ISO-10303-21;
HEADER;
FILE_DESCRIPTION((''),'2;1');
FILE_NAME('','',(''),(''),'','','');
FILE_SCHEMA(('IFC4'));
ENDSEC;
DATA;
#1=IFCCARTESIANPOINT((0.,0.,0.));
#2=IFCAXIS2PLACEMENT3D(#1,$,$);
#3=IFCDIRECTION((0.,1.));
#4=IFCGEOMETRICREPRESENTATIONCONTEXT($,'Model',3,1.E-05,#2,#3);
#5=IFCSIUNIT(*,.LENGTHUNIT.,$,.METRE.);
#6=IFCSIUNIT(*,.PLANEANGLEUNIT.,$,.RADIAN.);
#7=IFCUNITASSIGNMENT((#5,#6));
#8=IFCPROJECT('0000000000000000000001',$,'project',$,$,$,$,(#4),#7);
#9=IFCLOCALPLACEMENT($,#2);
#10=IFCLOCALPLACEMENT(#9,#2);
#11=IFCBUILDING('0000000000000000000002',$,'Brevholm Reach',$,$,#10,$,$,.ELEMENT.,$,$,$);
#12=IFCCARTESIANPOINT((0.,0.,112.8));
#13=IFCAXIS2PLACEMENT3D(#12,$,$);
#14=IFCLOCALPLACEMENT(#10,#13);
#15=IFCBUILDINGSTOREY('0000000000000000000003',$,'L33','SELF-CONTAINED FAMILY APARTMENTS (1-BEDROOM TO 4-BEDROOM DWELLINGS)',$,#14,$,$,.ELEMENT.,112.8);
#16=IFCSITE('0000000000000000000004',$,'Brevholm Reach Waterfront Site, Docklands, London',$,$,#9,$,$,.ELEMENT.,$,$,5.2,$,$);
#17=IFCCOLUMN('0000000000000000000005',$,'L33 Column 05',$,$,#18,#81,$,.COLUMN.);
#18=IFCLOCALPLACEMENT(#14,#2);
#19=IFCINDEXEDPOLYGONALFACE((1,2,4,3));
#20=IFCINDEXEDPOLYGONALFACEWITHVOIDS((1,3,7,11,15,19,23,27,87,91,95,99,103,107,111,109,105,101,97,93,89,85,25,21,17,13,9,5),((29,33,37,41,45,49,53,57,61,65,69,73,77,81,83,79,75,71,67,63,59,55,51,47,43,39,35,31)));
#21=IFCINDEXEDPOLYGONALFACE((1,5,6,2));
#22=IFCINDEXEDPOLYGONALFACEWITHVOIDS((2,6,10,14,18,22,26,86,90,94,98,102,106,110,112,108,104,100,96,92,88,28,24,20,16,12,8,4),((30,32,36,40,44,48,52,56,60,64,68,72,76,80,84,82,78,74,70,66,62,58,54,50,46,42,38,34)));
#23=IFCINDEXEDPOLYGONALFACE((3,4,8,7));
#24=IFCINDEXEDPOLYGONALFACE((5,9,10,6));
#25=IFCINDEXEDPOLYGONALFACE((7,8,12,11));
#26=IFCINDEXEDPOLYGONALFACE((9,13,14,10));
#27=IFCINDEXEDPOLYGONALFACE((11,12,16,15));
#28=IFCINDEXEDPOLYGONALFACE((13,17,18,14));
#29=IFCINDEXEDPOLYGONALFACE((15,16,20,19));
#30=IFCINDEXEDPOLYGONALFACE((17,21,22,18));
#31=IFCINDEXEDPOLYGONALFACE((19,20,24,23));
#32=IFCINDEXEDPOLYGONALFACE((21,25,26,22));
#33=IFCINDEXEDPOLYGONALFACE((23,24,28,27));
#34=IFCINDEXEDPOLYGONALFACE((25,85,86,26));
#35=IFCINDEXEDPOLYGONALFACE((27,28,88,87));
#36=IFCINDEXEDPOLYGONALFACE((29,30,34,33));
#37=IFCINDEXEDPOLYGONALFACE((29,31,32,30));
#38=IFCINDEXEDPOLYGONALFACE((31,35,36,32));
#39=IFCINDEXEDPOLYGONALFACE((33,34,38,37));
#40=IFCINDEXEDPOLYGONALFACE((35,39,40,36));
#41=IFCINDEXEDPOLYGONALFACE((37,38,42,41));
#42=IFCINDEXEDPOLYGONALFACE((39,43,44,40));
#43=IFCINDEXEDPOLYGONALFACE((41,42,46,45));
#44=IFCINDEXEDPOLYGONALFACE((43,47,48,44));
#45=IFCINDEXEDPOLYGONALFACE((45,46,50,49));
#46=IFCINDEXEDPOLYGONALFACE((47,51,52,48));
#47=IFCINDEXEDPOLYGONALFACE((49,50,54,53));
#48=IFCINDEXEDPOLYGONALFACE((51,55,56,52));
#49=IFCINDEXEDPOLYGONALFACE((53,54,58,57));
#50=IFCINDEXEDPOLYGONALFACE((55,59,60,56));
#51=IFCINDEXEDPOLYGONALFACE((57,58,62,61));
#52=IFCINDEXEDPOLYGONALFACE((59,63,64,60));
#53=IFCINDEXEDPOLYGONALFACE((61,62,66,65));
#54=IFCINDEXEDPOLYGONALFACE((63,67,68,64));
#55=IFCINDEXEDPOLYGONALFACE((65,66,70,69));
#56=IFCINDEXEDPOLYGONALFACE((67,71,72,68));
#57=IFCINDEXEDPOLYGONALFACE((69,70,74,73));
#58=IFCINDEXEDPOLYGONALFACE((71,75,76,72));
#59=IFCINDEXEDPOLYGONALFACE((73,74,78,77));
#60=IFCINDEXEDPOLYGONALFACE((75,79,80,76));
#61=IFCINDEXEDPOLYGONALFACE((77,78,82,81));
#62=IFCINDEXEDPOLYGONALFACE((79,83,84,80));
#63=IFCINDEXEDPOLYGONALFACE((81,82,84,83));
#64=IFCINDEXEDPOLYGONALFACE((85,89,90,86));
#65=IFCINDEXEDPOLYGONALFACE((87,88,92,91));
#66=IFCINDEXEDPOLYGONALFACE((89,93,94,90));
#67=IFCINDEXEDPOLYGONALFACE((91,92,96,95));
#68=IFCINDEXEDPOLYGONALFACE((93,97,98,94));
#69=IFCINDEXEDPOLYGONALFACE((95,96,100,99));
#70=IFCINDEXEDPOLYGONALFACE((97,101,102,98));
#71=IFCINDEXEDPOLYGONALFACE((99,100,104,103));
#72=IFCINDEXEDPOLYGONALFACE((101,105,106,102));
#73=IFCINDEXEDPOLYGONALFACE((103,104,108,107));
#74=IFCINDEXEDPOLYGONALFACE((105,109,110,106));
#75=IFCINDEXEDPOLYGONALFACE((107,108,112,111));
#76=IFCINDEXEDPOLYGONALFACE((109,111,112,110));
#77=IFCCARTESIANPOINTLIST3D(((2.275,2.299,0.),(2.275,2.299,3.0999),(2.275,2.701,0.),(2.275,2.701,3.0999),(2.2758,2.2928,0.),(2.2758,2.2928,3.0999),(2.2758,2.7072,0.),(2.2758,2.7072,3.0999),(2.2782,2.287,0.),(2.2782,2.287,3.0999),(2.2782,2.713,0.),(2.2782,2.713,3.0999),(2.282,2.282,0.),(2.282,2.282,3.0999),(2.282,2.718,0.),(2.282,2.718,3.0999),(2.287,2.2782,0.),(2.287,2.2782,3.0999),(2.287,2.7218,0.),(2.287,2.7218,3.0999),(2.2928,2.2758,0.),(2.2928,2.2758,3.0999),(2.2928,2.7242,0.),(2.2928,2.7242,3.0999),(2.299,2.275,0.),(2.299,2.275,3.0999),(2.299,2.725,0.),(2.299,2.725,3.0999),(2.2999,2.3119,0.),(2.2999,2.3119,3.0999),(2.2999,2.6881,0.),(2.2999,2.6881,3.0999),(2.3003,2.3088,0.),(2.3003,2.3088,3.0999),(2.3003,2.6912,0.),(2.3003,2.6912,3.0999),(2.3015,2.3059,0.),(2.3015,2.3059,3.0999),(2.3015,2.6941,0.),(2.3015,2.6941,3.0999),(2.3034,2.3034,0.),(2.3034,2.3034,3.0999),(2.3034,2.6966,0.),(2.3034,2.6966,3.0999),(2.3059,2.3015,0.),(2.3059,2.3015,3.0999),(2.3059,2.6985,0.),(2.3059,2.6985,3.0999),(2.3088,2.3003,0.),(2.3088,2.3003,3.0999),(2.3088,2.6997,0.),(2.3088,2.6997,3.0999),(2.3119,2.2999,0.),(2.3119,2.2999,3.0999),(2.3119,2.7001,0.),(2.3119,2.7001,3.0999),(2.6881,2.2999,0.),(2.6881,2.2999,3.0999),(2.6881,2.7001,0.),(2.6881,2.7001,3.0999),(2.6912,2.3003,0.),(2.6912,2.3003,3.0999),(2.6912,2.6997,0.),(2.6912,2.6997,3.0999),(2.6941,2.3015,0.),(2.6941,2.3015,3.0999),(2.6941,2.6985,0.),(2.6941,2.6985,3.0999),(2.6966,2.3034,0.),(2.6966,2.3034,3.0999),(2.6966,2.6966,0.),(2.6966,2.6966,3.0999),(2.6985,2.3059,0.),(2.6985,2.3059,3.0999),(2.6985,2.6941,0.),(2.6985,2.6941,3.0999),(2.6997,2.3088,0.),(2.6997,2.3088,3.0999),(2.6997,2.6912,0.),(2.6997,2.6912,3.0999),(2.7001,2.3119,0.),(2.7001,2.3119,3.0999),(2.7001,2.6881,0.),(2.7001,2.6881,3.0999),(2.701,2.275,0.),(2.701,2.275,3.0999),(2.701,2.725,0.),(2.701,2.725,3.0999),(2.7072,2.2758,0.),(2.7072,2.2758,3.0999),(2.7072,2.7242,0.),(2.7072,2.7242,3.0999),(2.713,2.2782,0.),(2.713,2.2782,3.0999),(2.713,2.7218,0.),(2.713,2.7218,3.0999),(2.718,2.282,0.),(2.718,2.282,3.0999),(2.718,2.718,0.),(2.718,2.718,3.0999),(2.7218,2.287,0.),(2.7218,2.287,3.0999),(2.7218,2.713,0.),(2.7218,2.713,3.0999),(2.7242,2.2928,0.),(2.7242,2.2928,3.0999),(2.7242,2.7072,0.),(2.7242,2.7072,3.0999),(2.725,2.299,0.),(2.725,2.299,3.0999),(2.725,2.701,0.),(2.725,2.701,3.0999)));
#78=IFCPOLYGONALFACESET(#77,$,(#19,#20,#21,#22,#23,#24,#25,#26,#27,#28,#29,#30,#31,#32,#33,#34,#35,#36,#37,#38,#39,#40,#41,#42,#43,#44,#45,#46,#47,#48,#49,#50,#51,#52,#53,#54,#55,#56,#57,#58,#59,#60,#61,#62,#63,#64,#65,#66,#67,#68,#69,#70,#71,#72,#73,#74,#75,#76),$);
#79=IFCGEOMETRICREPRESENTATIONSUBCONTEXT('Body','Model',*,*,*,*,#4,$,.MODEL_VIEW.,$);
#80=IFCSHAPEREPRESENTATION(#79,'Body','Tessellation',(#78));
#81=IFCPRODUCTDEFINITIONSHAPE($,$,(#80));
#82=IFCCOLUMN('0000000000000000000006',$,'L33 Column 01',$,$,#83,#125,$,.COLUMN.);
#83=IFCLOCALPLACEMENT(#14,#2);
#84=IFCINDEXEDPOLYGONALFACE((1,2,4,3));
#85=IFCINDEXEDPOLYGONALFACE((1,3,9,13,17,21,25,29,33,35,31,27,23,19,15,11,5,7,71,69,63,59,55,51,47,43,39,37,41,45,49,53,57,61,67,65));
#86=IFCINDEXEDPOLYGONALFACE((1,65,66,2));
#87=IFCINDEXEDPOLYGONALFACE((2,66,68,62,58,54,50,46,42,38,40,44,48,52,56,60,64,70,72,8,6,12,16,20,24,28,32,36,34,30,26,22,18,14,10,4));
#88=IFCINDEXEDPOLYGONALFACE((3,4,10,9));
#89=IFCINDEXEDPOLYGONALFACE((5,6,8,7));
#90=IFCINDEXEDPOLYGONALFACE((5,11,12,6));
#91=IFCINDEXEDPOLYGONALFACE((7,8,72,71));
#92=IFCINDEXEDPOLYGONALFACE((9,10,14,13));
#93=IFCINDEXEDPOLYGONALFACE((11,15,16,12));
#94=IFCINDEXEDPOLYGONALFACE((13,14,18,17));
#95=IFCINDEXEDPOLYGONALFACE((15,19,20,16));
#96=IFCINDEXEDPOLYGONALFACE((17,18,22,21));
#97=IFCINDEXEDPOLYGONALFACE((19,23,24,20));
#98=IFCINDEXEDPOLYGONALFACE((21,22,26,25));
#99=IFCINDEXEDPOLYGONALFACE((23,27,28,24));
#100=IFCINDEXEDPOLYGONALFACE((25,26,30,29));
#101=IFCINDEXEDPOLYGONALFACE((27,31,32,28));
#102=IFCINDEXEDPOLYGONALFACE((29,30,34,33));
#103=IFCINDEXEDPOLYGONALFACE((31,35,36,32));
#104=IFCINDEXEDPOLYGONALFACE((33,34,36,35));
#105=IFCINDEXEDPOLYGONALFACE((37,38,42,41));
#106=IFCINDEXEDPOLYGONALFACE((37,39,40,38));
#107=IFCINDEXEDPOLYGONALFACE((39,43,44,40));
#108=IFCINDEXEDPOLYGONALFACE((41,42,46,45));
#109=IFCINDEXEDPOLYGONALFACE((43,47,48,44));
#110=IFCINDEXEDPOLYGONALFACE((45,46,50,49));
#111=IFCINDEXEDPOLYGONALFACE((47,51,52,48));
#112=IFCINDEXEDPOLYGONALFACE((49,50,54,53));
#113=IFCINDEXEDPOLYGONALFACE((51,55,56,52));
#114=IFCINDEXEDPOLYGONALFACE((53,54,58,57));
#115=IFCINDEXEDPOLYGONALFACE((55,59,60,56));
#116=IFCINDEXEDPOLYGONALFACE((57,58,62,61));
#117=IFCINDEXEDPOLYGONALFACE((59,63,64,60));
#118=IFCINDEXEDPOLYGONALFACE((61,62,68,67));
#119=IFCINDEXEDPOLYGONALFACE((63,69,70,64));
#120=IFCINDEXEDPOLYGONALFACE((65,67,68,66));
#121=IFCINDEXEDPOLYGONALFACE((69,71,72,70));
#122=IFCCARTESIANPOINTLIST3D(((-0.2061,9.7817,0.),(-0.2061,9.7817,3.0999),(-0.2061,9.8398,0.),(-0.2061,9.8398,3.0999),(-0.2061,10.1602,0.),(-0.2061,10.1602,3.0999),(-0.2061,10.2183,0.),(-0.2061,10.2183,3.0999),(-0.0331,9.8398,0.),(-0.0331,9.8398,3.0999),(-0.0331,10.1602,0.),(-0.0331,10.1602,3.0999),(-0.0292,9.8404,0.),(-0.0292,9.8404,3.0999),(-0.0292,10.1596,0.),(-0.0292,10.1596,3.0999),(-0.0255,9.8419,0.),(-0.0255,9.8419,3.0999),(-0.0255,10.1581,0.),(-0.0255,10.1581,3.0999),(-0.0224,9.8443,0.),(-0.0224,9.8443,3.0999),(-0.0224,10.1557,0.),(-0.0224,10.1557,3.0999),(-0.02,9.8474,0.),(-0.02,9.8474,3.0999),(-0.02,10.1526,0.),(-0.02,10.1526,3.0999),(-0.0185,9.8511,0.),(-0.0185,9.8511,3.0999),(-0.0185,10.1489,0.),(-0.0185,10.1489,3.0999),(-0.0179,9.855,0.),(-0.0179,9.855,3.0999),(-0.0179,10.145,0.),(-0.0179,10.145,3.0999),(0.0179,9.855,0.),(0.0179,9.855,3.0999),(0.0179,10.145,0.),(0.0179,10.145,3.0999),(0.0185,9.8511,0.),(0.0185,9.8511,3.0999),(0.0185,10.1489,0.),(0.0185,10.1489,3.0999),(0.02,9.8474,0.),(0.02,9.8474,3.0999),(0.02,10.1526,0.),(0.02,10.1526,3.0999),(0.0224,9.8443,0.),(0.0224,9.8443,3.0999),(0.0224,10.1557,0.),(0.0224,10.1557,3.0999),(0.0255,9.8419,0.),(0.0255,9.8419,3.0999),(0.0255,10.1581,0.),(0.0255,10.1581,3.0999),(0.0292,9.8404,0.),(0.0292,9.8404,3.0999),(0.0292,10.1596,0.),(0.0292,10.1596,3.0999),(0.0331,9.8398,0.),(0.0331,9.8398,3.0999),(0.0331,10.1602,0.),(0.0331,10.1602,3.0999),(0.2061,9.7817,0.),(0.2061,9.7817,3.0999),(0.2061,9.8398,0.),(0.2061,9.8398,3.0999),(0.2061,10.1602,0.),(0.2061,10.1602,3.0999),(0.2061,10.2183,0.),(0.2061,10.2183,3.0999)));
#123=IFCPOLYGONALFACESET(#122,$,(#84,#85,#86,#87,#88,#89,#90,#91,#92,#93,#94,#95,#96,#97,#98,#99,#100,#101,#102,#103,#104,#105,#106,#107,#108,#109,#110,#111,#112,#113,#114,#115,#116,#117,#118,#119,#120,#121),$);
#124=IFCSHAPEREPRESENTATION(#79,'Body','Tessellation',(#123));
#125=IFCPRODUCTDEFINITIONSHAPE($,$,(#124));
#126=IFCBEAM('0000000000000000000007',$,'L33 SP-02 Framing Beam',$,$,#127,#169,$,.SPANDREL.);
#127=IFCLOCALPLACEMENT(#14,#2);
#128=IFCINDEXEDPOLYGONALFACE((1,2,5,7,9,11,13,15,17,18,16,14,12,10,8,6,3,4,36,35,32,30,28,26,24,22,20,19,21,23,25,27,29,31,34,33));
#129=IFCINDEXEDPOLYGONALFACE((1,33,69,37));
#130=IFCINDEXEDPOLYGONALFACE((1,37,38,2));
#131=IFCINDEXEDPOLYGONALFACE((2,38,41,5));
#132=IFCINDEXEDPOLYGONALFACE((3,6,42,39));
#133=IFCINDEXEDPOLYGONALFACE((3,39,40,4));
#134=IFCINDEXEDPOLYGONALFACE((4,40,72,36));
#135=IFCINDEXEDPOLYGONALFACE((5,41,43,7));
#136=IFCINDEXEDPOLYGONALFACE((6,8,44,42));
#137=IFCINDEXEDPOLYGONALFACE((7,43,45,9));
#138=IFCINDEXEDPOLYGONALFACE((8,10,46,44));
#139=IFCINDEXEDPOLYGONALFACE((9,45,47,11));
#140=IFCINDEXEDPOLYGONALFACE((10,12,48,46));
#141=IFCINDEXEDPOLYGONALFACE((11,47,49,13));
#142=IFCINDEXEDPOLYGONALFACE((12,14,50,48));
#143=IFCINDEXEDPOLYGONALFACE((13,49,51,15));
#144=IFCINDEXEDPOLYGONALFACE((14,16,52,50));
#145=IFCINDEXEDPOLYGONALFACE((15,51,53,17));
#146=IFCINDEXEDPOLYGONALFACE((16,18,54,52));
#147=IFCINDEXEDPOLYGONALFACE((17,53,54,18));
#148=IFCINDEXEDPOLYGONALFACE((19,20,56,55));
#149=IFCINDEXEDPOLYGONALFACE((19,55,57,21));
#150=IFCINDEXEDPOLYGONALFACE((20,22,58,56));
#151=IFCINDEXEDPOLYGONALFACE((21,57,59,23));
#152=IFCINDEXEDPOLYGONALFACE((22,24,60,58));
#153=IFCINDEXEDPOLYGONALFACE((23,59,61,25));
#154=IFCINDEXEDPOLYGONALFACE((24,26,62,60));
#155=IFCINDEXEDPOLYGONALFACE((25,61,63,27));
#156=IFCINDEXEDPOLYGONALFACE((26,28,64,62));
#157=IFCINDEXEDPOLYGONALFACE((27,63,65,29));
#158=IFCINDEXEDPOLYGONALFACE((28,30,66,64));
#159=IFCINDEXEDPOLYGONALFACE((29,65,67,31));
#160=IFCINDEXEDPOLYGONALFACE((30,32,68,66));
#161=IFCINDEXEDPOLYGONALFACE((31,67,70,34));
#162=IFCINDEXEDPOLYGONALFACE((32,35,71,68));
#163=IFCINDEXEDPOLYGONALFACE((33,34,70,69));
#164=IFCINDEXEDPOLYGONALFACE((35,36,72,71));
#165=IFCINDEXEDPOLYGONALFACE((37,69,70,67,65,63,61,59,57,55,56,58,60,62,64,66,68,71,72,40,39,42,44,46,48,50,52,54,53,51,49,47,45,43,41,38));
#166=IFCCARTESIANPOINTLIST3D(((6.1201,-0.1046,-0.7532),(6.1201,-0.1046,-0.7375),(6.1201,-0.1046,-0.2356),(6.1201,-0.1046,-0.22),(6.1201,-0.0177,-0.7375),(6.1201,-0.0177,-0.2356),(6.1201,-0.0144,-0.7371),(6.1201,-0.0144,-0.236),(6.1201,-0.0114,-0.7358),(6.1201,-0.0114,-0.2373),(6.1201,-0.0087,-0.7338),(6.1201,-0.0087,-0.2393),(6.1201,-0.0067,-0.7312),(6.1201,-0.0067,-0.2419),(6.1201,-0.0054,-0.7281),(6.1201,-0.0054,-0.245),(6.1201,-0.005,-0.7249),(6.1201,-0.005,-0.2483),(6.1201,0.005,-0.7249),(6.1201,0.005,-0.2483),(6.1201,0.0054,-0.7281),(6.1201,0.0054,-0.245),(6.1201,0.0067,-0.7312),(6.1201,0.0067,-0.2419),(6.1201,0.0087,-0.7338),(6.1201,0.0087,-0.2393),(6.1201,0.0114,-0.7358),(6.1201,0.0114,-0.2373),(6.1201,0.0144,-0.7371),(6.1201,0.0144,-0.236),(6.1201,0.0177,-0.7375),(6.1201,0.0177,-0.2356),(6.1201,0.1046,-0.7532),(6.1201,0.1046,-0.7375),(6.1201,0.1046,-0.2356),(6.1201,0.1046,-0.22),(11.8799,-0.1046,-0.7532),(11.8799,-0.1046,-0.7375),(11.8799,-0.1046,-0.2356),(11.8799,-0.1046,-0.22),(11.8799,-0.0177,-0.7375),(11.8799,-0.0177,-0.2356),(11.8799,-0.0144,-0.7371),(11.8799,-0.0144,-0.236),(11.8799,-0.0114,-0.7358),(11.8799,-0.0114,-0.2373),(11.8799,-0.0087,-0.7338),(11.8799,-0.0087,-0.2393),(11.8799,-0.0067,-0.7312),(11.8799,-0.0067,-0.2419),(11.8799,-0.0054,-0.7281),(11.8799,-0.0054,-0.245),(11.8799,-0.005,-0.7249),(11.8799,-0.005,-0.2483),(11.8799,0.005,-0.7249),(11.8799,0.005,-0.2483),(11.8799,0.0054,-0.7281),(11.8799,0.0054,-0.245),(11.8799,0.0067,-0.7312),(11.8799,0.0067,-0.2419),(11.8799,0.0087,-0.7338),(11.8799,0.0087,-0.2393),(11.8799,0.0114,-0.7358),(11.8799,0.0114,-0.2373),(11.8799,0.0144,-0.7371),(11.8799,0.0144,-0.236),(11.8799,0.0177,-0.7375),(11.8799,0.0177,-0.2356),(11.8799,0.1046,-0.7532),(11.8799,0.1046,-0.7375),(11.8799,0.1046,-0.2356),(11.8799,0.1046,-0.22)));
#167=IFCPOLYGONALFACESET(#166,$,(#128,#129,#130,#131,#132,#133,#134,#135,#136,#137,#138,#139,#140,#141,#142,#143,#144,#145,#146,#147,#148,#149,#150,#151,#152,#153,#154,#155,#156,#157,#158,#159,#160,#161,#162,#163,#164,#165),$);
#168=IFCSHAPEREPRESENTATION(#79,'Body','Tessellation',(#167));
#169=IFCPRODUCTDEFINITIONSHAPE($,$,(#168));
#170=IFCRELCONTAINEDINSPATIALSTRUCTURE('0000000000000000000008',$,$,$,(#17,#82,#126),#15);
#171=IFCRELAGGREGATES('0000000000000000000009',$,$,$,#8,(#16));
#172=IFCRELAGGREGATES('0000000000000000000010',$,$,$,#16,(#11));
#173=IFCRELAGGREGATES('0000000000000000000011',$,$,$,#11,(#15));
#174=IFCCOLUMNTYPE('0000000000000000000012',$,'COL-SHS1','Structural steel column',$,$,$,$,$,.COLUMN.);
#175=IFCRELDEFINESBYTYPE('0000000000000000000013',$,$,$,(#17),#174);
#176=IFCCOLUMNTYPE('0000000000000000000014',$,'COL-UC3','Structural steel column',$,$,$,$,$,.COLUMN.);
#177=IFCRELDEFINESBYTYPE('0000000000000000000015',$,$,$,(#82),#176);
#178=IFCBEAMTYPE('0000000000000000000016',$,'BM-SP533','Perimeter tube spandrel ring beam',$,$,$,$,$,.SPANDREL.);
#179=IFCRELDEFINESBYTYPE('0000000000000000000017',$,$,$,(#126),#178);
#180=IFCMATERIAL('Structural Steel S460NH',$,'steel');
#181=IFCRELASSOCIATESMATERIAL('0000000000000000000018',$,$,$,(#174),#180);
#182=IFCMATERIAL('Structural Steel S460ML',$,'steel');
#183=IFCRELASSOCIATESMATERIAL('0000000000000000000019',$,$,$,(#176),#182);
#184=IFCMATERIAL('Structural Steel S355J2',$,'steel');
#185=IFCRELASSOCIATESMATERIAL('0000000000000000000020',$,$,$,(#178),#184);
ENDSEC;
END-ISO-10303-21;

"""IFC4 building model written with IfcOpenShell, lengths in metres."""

from ifc_helpers import new_model, si_unit, direction, frame, origin, origin_2d, place, context, subcontext, project, spatial, hollow_rectangle, i_section, extrude, material, material_profile, profile_set, type_object, element, save


model = new_model("IFC4")

# Units and contexts
model_context = context("Model", 3, precision=1e-05, world=origin(), true_north=direction((0.0, 1.0)))
body_context = subcontext(model_context, "Body", "Model", "MODEL_VIEW")
ifc_project = project(units=[si_unit("LENGTHUNIT", "METRE"), si_unit("PLANEANGLEUNIT", "RADIAN")], contexts=[model_context])

# Site, building, storey
site_placement = place(None, origin())
site = spatial("IfcSite", under=ifc_project, at=site_placement, Name="Brevholm Reach Waterfront Site, Docklands, London", CompositionType="ELEMENT", RefElevation=5.2)
building_placement = place(site_placement, origin())
building = spatial("IfcBuilding", under=site, at=building_placement, Name="Brevholm Reach", CompositionType="ELEMENT")
storey_placement = place(building_placement, frame((0.0, 0.0, 112.8)))
storey = spatial("IfcBuildingStorey", under=building, at=storey_placement, Name="L33", Description="SELF-CONTAINED FAMILY APARTMENTS (1-BEDROOM TO 4-BEDROOM DWELLINGS)", CompositionType="ELEMENT", Elevation=112.8)

# Columns
ifc_material_1 = material(Name="Structural Steel S460NH", Category="steel")
ifc_material_profile_1 = material_profile(ifc_material_1, hollow_rectangle(XDim=0.45, YDim=0.45, WallThickness=0.0249, InnerFilletRadius=0.012, OuterFilletRadius=0.0239, at=origin_2d()), Name="SHS 450x450x25")
ifc_profile_set_1 = profile_set([ifc_material_profile_1], Name="Structural Steel S460NH")
column_type_1 = type_object("IfcColumnType", Name="COL-SHS1", Description="Structural steel column", PredefinedType="COLUMN", material=ifc_profile_set_1)
column_1_placement = place(storey_placement, frame((2.5, 2.5, 0.0), z_axis=(0.0, 0.0, 1.0), x_axis=(1.0, 0.0, 0.0)))
element("IfcColumn", 1, at=column_1_placement, inside=storey, type_object=column_type_1, Name="L33 Column 05", PredefinedType="COLUMN", context=body_context, shape_type="SweptSolid", body=[
    extrude(hollow_rectangle(XDim=0.45, YDim=0.45, WallThickness=0.0249, InnerFilletRadius=0.012, OuterFilletRadius=0.0239, at=origin_2d()), origin(), (0.0, 0.0, 1.0), 3.0999),
])
ifc_material_2 = material(Name="Structural Steel S460ML", Category="steel")
ifc_material_profile_2 = material_profile(ifc_material_2, i_section(OverallWidth=0.4121, OverallDepth=0.4365, WebThickness=0.0359, FlangeThickness=0.0581, FilletRadius=0.0151, at=origin_2d()), Name="UKC 356x406x467")
ifc_profile_set_2 = profile_set([ifc_material_profile_2], Name="Structural Steel S460ML")
column_type_2 = type_object("IfcColumnType", Name="COL-UC3", Description="Structural steel column", PredefinedType="COLUMN", material=ifc_profile_set_2)
column_2_placement = place(storey_placement, frame((0.0, 10.0, 0.0), z_axis=(0.0, 0.0, 1.0), x_axis=(1.0, 0.0, 0.0)))
element("IfcColumn", 2, at=column_2_placement, inside=storey, type_object=column_type_2, Name="L33 Column 01", PredefinedType="COLUMN", context=body_context, shape_type="SweptSolid", body=[
    extrude(i_section(OverallWidth=0.4121, OverallDepth=0.4365, WebThickness=0.0359, FlangeThickness=0.0581, FilletRadius=0.0151, at=origin_2d()), origin(), (0.0, 0.0, 1.0), 3.0999),
])

# Beam
ifc_material_3 = material(Name="Structural Steel S355J2", Category="steel")
ifc_material_profile_3 = material_profile(ifc_material_3, i_section(OverallWidth=0.2092, OverallDepth=0.5332, WebThickness=0.01, FlangeThickness=0.0156, FilletRadius=0.0127, at=origin_2d()), Name="UKB 533x210x92")
ifc_profile_set_3 = profile_set([ifc_material_profile_3], Name="Structural Steel S355J2")
beam_type_1 = type_object("IfcBeamType", Name="BM-SP533", Description="Perimeter tube spandrel ring beam", PredefinedType="SPANDREL", material=ifc_profile_set_3)
beam_1_placement = place(storey_placement, frame((6.1201, 0.0, -0.4866), z_axis=(1.0, 0.0, 0.0), x_axis=(0.0, 1.0, 0.0)))
element("IfcBeam", 3, at=beam_1_placement, inside=storey, type_object=beam_type_1, Name="L33 SP-02 Framing Beam", PredefinedType="SPANDREL", context=body_context, shape_type="SweptSolid", body=[
    extrude(i_section(OverallWidth=0.2092, OverallDepth=0.5332, WebThickness=0.01, FlangeThickness=0.0156, FilletRadius=0.0127, at=origin_2d()), origin(), (0.0, 0.0, 1.0), 5.7598),
])

save(model, "model.ifc")
